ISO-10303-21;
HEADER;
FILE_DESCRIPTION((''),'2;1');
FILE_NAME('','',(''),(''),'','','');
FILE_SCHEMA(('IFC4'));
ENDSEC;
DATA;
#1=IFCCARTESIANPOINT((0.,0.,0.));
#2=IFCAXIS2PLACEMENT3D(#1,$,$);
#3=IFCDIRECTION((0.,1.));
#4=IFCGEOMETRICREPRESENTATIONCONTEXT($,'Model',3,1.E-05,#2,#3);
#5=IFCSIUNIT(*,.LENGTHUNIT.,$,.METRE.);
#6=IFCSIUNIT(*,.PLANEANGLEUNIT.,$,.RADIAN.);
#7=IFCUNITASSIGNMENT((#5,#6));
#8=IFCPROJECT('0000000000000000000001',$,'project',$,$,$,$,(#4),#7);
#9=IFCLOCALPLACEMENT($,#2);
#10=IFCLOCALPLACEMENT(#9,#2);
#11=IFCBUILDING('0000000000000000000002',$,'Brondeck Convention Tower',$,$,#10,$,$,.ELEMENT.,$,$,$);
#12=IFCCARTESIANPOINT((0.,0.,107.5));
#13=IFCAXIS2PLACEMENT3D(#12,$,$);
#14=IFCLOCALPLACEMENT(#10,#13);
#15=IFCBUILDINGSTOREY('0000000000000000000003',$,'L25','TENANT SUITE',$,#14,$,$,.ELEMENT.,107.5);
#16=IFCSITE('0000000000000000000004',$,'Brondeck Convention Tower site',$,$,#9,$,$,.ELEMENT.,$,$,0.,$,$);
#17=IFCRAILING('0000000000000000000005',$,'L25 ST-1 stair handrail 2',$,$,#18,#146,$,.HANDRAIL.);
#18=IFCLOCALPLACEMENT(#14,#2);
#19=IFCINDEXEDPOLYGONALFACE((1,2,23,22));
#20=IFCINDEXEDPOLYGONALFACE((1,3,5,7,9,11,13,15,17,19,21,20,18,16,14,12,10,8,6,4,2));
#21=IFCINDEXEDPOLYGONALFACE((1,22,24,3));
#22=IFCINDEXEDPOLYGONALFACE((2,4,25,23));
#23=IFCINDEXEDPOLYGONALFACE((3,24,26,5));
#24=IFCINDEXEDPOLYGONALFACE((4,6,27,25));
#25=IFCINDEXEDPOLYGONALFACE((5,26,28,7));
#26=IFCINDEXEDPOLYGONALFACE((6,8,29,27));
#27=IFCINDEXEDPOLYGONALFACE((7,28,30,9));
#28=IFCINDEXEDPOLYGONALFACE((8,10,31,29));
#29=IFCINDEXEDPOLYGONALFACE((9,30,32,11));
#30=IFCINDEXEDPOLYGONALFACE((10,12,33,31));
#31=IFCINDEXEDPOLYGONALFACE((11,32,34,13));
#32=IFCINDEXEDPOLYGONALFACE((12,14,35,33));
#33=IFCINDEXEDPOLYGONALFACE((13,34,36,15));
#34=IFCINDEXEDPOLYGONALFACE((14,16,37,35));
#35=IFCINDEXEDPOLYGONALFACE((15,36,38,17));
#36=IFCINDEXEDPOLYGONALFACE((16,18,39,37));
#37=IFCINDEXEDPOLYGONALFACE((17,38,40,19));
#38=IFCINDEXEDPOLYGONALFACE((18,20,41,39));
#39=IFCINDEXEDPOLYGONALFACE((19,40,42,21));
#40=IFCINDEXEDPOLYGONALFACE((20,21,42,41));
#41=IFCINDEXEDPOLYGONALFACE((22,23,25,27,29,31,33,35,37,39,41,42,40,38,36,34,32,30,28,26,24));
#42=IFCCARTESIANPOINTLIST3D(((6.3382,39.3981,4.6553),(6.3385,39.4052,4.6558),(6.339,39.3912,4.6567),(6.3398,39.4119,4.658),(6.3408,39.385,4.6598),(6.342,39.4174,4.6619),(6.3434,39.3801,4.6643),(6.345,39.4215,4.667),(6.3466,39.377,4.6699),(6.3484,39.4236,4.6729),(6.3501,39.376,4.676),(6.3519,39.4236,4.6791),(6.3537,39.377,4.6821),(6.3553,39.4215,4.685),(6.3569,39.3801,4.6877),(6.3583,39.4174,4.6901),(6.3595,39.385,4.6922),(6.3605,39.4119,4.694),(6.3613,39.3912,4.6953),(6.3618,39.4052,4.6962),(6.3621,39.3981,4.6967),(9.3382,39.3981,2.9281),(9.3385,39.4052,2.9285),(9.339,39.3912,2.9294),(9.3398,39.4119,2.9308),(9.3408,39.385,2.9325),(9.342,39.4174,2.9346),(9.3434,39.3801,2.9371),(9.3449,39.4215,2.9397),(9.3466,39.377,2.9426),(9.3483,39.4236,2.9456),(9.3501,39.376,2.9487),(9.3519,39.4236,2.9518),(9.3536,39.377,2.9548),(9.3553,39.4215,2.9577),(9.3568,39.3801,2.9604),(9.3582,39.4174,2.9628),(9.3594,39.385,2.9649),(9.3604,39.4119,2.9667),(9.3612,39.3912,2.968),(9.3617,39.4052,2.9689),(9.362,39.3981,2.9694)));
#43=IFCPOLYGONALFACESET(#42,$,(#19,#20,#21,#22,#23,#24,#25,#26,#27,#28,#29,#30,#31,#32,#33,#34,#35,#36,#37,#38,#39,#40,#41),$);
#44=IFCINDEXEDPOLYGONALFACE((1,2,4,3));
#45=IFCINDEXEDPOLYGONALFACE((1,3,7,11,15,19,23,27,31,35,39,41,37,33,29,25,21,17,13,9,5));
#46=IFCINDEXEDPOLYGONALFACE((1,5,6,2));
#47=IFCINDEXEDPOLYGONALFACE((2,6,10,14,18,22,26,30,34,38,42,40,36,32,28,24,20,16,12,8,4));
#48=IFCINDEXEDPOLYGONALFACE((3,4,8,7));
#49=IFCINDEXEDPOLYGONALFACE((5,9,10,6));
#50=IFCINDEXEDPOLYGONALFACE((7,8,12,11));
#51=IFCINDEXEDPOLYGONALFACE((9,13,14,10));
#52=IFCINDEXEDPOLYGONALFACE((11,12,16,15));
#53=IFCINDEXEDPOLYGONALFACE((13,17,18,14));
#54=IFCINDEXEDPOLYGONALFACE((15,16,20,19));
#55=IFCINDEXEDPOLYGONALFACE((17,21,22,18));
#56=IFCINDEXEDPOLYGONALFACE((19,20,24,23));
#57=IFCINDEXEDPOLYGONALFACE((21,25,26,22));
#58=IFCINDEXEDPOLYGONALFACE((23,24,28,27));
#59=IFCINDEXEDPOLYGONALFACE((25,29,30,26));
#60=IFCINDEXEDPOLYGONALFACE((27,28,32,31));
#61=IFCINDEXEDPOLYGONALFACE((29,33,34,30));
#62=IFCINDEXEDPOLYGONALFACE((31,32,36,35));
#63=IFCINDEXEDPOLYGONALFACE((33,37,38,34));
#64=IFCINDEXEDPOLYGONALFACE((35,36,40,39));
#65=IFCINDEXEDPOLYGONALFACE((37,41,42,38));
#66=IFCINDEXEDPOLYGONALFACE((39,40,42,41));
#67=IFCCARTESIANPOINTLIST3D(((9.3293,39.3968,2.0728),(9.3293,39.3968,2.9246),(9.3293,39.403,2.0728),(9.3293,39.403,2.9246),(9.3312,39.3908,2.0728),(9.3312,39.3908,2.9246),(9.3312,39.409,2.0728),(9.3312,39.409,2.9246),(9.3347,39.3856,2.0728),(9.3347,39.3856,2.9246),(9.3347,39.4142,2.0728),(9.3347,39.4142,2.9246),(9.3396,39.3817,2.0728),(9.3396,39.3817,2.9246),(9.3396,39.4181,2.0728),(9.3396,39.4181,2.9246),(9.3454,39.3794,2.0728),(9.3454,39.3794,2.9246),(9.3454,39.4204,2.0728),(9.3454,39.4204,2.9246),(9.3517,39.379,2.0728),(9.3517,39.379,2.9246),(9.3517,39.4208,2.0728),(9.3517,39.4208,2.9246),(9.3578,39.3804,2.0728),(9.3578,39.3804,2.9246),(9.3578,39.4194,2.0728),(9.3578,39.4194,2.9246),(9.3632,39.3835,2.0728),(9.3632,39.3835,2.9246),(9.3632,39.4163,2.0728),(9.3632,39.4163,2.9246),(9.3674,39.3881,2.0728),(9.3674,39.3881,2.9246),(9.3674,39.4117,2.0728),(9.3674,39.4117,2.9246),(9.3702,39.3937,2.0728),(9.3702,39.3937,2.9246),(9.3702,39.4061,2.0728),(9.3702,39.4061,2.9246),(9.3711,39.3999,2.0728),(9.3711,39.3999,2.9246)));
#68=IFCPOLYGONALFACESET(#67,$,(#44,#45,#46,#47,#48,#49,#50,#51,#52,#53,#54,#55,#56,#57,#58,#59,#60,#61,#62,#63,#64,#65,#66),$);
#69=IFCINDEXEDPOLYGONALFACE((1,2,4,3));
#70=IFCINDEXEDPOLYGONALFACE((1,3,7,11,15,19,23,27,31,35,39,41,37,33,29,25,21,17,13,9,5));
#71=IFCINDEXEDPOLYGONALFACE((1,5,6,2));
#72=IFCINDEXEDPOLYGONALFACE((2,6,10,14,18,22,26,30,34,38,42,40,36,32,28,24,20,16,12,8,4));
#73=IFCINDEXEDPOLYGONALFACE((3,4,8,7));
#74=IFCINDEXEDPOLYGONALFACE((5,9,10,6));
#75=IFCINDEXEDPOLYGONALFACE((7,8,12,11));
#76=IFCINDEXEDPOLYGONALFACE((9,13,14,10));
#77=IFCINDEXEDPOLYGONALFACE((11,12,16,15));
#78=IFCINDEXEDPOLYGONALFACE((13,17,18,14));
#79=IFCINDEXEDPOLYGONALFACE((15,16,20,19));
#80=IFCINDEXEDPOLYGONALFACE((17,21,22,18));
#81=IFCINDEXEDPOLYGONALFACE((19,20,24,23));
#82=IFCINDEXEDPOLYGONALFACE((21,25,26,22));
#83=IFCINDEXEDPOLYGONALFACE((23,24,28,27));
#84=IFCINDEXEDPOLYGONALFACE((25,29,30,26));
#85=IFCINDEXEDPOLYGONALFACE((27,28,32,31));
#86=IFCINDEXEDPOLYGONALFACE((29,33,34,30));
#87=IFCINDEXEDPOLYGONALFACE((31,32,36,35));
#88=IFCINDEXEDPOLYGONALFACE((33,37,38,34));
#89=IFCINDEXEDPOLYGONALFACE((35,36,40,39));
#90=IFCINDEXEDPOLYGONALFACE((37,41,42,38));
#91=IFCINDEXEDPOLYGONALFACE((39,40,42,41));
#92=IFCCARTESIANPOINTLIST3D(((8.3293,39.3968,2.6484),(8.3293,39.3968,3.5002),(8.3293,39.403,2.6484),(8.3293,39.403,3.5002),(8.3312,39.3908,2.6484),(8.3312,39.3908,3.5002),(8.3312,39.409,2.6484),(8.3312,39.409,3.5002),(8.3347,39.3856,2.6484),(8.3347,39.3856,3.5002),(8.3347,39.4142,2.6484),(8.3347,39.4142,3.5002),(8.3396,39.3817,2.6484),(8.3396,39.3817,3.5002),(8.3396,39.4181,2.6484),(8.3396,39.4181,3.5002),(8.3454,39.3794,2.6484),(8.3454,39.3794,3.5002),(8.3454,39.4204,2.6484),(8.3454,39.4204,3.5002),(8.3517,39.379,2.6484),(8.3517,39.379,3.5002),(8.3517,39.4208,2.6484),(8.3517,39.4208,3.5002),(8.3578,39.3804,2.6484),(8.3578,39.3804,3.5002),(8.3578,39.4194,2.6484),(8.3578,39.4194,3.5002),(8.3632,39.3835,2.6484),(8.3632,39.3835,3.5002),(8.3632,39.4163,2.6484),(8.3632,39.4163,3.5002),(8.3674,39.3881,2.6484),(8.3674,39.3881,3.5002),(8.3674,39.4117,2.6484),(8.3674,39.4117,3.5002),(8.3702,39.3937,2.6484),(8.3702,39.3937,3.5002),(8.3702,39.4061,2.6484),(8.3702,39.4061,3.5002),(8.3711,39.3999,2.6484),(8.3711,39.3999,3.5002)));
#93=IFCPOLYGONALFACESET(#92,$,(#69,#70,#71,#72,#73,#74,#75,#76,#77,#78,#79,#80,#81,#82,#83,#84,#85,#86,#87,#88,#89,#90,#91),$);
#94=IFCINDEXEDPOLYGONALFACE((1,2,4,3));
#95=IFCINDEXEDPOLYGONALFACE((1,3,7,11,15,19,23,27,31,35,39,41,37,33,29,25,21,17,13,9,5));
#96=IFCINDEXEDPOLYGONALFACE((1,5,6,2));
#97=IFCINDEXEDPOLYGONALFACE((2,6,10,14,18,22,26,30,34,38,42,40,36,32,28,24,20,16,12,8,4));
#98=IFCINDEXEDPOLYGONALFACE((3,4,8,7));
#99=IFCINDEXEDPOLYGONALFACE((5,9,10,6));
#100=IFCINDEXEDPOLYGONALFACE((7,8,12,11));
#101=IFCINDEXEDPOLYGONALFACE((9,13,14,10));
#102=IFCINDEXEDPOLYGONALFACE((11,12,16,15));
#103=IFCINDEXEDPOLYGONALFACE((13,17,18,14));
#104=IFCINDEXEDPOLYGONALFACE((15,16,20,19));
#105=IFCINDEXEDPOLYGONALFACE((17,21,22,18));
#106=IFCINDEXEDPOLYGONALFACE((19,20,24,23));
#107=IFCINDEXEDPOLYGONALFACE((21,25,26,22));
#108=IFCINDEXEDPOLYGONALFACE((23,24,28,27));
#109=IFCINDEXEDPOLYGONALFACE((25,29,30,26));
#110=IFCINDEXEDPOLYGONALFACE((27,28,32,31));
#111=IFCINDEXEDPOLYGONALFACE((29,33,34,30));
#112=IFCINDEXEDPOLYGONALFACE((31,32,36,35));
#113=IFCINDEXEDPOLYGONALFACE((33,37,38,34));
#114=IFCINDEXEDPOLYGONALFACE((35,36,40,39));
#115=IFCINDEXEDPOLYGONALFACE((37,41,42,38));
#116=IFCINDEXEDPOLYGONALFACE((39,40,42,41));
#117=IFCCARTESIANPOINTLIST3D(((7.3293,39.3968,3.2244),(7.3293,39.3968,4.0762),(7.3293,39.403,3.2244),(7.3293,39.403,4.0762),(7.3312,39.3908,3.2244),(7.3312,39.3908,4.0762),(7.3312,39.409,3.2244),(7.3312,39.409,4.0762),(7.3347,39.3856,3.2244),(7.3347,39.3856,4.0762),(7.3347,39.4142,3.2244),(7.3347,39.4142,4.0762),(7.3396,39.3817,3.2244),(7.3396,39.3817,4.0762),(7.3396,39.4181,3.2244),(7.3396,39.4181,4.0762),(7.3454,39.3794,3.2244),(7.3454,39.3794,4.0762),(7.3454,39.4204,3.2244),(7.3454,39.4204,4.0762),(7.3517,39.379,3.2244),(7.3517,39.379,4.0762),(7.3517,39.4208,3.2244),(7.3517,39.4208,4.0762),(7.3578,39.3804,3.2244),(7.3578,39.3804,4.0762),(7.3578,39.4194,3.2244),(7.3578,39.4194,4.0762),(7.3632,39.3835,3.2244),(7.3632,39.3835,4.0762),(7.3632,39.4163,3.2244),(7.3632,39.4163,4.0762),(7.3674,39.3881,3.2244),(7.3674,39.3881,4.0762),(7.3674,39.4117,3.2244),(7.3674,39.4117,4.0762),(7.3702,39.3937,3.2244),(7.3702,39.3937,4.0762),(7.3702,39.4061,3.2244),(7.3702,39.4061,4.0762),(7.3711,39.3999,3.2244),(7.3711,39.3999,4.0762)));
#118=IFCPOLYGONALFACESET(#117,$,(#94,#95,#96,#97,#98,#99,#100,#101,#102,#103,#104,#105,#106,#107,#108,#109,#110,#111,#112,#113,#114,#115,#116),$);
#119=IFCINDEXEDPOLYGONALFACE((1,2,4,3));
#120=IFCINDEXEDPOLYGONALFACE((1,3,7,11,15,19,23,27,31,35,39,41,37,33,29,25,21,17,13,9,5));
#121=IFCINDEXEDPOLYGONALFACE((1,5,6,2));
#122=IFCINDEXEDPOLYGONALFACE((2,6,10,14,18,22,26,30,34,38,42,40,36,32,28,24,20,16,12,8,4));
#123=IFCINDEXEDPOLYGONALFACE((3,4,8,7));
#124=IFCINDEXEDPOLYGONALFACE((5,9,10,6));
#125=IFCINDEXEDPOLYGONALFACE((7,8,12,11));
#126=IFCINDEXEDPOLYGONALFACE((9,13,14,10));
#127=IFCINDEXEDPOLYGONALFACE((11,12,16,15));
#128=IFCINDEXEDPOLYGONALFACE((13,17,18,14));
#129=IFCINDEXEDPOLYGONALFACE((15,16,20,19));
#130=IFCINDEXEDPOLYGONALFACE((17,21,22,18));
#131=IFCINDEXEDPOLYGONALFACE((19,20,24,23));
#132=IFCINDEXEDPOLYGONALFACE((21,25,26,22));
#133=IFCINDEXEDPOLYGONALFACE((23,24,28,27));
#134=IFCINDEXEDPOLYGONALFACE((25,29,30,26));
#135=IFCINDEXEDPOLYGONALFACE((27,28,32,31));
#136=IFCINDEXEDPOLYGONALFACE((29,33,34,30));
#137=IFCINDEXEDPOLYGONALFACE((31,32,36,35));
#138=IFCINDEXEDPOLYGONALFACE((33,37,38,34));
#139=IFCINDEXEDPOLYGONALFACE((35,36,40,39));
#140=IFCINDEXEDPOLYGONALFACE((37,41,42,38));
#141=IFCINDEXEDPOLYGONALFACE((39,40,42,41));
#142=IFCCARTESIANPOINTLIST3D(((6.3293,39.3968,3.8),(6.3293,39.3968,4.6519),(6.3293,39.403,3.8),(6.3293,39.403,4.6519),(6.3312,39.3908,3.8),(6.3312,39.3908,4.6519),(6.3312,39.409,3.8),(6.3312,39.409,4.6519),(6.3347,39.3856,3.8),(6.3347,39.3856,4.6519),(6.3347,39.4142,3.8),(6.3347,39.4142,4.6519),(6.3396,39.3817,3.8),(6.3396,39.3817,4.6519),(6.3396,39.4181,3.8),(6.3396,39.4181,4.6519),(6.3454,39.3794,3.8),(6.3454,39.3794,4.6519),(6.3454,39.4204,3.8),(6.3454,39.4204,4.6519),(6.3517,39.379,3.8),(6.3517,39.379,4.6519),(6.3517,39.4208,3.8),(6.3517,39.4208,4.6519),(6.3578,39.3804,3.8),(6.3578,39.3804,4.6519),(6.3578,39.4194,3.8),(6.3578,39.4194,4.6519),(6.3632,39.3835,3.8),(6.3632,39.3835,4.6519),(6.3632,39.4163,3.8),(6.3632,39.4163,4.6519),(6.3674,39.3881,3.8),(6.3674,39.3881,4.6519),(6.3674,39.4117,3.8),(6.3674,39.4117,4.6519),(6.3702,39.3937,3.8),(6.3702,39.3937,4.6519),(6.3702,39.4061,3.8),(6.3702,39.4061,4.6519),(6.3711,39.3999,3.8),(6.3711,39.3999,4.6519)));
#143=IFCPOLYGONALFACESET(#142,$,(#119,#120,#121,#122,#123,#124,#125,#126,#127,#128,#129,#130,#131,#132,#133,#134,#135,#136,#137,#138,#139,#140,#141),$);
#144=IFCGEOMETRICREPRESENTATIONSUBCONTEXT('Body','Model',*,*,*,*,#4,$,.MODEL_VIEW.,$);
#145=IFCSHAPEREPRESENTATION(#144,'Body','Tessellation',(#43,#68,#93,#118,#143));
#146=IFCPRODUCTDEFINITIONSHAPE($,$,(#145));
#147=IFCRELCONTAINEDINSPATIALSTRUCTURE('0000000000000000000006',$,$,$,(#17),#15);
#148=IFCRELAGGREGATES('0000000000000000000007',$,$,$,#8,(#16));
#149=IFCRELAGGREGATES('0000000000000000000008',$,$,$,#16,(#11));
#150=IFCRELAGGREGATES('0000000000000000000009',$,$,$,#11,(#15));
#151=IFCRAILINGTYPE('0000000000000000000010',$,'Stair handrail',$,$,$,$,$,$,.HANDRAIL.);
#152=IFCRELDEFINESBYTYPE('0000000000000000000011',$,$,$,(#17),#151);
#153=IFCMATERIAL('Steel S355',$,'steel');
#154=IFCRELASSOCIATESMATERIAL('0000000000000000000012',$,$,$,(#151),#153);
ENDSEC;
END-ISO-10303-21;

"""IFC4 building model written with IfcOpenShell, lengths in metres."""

from ifc_helpers import new_model, si_unit, direction, frame, origin, origin_2d, place, context, subcontext, project, spatial, circle, extrude, material, type_object, element, save


model = new_model("IFC4")

# Units and contexts
model_context = context("Model", 3, precision=1e-05, world=origin(), true_north=direction((0.0, 1.0)))
body_context = subcontext(model_context, "Body", "Model", "MODEL_VIEW")
ifc_project = project(units=[si_unit("LENGTHUNIT", "METRE"), si_unit("PLANEANGLEUNIT", "RADIAN")], contexts=[model_context])

# Site, building, storey
site_placement = place(None, origin())
site = spatial("IfcSite", under=ifc_project, at=site_placement, Name="Brondeck Convention Tower site", CompositionType="ELEMENT", RefElevation=0.0)
building_placement = place(site_placement, origin())
building = spatial("IfcBuilding", under=site, at=building_placement, Name="Brondeck Convention Tower", CompositionType="ELEMENT")
storey_placement = place(building_placement, frame((0.0, 0.0, 107.5)))
storey = spatial("IfcBuildingStorey", under=building, at=storey_placement, Name="L25", Description="TENANT SUITE", CompositionType="ELEMENT", Elevation=107.5)

# Shared definitions
ifc_material_1 = material(Name="Steel S355", Category="steel")

# Railing
railing_type = type_object("IfcRailingType", Name="Stair handrail", PredefinedType="HANDRAIL", material=ifc_material_1)
railing_placement = place(storey_placement, frame((9.3501, 39.3999, 2.0728)))
element("IfcRailing", 1, at=railing_placement, inside=storey, type_object=railing_type, Name="L25 ST-1 stair handrail 2", PredefinedType="HANDRAIL", context=body_context, shape_type="SweptSolid", body=[
    extrude(circle(Radius=0.0239, at=origin_2d()), frame((0.0, 0.0, 0.876), z_axis=(-0.86662, 0.0, 0.498969), x_axis=(0.0, -1.0, 0.0)), (0.0, 0.0, 1.0), 3.4617),
    extrude(circle(Radius=0.021, at=origin_2d()), origin(), (0.0, 0.0, 1.0), 0.8518),
    extrude(circle(Radius=0.021, at=origin_2d()), frame((-1.0, 0.0, 0.5757)), (0.0, 0.0, 1.0), 0.8518),
    extrude(circle(Radius=0.021, at=origin_2d()), frame((-2.0, 0.0, 1.1516)), (0.0, 0.0, 1.0), 0.8518),
    extrude(circle(Radius=0.021, at=origin_2d()), frame((-3.0, 0.0, 1.7273)), (0.0, 0.0, 1.0), 0.8518),
])

save(model, "model.ifc")
